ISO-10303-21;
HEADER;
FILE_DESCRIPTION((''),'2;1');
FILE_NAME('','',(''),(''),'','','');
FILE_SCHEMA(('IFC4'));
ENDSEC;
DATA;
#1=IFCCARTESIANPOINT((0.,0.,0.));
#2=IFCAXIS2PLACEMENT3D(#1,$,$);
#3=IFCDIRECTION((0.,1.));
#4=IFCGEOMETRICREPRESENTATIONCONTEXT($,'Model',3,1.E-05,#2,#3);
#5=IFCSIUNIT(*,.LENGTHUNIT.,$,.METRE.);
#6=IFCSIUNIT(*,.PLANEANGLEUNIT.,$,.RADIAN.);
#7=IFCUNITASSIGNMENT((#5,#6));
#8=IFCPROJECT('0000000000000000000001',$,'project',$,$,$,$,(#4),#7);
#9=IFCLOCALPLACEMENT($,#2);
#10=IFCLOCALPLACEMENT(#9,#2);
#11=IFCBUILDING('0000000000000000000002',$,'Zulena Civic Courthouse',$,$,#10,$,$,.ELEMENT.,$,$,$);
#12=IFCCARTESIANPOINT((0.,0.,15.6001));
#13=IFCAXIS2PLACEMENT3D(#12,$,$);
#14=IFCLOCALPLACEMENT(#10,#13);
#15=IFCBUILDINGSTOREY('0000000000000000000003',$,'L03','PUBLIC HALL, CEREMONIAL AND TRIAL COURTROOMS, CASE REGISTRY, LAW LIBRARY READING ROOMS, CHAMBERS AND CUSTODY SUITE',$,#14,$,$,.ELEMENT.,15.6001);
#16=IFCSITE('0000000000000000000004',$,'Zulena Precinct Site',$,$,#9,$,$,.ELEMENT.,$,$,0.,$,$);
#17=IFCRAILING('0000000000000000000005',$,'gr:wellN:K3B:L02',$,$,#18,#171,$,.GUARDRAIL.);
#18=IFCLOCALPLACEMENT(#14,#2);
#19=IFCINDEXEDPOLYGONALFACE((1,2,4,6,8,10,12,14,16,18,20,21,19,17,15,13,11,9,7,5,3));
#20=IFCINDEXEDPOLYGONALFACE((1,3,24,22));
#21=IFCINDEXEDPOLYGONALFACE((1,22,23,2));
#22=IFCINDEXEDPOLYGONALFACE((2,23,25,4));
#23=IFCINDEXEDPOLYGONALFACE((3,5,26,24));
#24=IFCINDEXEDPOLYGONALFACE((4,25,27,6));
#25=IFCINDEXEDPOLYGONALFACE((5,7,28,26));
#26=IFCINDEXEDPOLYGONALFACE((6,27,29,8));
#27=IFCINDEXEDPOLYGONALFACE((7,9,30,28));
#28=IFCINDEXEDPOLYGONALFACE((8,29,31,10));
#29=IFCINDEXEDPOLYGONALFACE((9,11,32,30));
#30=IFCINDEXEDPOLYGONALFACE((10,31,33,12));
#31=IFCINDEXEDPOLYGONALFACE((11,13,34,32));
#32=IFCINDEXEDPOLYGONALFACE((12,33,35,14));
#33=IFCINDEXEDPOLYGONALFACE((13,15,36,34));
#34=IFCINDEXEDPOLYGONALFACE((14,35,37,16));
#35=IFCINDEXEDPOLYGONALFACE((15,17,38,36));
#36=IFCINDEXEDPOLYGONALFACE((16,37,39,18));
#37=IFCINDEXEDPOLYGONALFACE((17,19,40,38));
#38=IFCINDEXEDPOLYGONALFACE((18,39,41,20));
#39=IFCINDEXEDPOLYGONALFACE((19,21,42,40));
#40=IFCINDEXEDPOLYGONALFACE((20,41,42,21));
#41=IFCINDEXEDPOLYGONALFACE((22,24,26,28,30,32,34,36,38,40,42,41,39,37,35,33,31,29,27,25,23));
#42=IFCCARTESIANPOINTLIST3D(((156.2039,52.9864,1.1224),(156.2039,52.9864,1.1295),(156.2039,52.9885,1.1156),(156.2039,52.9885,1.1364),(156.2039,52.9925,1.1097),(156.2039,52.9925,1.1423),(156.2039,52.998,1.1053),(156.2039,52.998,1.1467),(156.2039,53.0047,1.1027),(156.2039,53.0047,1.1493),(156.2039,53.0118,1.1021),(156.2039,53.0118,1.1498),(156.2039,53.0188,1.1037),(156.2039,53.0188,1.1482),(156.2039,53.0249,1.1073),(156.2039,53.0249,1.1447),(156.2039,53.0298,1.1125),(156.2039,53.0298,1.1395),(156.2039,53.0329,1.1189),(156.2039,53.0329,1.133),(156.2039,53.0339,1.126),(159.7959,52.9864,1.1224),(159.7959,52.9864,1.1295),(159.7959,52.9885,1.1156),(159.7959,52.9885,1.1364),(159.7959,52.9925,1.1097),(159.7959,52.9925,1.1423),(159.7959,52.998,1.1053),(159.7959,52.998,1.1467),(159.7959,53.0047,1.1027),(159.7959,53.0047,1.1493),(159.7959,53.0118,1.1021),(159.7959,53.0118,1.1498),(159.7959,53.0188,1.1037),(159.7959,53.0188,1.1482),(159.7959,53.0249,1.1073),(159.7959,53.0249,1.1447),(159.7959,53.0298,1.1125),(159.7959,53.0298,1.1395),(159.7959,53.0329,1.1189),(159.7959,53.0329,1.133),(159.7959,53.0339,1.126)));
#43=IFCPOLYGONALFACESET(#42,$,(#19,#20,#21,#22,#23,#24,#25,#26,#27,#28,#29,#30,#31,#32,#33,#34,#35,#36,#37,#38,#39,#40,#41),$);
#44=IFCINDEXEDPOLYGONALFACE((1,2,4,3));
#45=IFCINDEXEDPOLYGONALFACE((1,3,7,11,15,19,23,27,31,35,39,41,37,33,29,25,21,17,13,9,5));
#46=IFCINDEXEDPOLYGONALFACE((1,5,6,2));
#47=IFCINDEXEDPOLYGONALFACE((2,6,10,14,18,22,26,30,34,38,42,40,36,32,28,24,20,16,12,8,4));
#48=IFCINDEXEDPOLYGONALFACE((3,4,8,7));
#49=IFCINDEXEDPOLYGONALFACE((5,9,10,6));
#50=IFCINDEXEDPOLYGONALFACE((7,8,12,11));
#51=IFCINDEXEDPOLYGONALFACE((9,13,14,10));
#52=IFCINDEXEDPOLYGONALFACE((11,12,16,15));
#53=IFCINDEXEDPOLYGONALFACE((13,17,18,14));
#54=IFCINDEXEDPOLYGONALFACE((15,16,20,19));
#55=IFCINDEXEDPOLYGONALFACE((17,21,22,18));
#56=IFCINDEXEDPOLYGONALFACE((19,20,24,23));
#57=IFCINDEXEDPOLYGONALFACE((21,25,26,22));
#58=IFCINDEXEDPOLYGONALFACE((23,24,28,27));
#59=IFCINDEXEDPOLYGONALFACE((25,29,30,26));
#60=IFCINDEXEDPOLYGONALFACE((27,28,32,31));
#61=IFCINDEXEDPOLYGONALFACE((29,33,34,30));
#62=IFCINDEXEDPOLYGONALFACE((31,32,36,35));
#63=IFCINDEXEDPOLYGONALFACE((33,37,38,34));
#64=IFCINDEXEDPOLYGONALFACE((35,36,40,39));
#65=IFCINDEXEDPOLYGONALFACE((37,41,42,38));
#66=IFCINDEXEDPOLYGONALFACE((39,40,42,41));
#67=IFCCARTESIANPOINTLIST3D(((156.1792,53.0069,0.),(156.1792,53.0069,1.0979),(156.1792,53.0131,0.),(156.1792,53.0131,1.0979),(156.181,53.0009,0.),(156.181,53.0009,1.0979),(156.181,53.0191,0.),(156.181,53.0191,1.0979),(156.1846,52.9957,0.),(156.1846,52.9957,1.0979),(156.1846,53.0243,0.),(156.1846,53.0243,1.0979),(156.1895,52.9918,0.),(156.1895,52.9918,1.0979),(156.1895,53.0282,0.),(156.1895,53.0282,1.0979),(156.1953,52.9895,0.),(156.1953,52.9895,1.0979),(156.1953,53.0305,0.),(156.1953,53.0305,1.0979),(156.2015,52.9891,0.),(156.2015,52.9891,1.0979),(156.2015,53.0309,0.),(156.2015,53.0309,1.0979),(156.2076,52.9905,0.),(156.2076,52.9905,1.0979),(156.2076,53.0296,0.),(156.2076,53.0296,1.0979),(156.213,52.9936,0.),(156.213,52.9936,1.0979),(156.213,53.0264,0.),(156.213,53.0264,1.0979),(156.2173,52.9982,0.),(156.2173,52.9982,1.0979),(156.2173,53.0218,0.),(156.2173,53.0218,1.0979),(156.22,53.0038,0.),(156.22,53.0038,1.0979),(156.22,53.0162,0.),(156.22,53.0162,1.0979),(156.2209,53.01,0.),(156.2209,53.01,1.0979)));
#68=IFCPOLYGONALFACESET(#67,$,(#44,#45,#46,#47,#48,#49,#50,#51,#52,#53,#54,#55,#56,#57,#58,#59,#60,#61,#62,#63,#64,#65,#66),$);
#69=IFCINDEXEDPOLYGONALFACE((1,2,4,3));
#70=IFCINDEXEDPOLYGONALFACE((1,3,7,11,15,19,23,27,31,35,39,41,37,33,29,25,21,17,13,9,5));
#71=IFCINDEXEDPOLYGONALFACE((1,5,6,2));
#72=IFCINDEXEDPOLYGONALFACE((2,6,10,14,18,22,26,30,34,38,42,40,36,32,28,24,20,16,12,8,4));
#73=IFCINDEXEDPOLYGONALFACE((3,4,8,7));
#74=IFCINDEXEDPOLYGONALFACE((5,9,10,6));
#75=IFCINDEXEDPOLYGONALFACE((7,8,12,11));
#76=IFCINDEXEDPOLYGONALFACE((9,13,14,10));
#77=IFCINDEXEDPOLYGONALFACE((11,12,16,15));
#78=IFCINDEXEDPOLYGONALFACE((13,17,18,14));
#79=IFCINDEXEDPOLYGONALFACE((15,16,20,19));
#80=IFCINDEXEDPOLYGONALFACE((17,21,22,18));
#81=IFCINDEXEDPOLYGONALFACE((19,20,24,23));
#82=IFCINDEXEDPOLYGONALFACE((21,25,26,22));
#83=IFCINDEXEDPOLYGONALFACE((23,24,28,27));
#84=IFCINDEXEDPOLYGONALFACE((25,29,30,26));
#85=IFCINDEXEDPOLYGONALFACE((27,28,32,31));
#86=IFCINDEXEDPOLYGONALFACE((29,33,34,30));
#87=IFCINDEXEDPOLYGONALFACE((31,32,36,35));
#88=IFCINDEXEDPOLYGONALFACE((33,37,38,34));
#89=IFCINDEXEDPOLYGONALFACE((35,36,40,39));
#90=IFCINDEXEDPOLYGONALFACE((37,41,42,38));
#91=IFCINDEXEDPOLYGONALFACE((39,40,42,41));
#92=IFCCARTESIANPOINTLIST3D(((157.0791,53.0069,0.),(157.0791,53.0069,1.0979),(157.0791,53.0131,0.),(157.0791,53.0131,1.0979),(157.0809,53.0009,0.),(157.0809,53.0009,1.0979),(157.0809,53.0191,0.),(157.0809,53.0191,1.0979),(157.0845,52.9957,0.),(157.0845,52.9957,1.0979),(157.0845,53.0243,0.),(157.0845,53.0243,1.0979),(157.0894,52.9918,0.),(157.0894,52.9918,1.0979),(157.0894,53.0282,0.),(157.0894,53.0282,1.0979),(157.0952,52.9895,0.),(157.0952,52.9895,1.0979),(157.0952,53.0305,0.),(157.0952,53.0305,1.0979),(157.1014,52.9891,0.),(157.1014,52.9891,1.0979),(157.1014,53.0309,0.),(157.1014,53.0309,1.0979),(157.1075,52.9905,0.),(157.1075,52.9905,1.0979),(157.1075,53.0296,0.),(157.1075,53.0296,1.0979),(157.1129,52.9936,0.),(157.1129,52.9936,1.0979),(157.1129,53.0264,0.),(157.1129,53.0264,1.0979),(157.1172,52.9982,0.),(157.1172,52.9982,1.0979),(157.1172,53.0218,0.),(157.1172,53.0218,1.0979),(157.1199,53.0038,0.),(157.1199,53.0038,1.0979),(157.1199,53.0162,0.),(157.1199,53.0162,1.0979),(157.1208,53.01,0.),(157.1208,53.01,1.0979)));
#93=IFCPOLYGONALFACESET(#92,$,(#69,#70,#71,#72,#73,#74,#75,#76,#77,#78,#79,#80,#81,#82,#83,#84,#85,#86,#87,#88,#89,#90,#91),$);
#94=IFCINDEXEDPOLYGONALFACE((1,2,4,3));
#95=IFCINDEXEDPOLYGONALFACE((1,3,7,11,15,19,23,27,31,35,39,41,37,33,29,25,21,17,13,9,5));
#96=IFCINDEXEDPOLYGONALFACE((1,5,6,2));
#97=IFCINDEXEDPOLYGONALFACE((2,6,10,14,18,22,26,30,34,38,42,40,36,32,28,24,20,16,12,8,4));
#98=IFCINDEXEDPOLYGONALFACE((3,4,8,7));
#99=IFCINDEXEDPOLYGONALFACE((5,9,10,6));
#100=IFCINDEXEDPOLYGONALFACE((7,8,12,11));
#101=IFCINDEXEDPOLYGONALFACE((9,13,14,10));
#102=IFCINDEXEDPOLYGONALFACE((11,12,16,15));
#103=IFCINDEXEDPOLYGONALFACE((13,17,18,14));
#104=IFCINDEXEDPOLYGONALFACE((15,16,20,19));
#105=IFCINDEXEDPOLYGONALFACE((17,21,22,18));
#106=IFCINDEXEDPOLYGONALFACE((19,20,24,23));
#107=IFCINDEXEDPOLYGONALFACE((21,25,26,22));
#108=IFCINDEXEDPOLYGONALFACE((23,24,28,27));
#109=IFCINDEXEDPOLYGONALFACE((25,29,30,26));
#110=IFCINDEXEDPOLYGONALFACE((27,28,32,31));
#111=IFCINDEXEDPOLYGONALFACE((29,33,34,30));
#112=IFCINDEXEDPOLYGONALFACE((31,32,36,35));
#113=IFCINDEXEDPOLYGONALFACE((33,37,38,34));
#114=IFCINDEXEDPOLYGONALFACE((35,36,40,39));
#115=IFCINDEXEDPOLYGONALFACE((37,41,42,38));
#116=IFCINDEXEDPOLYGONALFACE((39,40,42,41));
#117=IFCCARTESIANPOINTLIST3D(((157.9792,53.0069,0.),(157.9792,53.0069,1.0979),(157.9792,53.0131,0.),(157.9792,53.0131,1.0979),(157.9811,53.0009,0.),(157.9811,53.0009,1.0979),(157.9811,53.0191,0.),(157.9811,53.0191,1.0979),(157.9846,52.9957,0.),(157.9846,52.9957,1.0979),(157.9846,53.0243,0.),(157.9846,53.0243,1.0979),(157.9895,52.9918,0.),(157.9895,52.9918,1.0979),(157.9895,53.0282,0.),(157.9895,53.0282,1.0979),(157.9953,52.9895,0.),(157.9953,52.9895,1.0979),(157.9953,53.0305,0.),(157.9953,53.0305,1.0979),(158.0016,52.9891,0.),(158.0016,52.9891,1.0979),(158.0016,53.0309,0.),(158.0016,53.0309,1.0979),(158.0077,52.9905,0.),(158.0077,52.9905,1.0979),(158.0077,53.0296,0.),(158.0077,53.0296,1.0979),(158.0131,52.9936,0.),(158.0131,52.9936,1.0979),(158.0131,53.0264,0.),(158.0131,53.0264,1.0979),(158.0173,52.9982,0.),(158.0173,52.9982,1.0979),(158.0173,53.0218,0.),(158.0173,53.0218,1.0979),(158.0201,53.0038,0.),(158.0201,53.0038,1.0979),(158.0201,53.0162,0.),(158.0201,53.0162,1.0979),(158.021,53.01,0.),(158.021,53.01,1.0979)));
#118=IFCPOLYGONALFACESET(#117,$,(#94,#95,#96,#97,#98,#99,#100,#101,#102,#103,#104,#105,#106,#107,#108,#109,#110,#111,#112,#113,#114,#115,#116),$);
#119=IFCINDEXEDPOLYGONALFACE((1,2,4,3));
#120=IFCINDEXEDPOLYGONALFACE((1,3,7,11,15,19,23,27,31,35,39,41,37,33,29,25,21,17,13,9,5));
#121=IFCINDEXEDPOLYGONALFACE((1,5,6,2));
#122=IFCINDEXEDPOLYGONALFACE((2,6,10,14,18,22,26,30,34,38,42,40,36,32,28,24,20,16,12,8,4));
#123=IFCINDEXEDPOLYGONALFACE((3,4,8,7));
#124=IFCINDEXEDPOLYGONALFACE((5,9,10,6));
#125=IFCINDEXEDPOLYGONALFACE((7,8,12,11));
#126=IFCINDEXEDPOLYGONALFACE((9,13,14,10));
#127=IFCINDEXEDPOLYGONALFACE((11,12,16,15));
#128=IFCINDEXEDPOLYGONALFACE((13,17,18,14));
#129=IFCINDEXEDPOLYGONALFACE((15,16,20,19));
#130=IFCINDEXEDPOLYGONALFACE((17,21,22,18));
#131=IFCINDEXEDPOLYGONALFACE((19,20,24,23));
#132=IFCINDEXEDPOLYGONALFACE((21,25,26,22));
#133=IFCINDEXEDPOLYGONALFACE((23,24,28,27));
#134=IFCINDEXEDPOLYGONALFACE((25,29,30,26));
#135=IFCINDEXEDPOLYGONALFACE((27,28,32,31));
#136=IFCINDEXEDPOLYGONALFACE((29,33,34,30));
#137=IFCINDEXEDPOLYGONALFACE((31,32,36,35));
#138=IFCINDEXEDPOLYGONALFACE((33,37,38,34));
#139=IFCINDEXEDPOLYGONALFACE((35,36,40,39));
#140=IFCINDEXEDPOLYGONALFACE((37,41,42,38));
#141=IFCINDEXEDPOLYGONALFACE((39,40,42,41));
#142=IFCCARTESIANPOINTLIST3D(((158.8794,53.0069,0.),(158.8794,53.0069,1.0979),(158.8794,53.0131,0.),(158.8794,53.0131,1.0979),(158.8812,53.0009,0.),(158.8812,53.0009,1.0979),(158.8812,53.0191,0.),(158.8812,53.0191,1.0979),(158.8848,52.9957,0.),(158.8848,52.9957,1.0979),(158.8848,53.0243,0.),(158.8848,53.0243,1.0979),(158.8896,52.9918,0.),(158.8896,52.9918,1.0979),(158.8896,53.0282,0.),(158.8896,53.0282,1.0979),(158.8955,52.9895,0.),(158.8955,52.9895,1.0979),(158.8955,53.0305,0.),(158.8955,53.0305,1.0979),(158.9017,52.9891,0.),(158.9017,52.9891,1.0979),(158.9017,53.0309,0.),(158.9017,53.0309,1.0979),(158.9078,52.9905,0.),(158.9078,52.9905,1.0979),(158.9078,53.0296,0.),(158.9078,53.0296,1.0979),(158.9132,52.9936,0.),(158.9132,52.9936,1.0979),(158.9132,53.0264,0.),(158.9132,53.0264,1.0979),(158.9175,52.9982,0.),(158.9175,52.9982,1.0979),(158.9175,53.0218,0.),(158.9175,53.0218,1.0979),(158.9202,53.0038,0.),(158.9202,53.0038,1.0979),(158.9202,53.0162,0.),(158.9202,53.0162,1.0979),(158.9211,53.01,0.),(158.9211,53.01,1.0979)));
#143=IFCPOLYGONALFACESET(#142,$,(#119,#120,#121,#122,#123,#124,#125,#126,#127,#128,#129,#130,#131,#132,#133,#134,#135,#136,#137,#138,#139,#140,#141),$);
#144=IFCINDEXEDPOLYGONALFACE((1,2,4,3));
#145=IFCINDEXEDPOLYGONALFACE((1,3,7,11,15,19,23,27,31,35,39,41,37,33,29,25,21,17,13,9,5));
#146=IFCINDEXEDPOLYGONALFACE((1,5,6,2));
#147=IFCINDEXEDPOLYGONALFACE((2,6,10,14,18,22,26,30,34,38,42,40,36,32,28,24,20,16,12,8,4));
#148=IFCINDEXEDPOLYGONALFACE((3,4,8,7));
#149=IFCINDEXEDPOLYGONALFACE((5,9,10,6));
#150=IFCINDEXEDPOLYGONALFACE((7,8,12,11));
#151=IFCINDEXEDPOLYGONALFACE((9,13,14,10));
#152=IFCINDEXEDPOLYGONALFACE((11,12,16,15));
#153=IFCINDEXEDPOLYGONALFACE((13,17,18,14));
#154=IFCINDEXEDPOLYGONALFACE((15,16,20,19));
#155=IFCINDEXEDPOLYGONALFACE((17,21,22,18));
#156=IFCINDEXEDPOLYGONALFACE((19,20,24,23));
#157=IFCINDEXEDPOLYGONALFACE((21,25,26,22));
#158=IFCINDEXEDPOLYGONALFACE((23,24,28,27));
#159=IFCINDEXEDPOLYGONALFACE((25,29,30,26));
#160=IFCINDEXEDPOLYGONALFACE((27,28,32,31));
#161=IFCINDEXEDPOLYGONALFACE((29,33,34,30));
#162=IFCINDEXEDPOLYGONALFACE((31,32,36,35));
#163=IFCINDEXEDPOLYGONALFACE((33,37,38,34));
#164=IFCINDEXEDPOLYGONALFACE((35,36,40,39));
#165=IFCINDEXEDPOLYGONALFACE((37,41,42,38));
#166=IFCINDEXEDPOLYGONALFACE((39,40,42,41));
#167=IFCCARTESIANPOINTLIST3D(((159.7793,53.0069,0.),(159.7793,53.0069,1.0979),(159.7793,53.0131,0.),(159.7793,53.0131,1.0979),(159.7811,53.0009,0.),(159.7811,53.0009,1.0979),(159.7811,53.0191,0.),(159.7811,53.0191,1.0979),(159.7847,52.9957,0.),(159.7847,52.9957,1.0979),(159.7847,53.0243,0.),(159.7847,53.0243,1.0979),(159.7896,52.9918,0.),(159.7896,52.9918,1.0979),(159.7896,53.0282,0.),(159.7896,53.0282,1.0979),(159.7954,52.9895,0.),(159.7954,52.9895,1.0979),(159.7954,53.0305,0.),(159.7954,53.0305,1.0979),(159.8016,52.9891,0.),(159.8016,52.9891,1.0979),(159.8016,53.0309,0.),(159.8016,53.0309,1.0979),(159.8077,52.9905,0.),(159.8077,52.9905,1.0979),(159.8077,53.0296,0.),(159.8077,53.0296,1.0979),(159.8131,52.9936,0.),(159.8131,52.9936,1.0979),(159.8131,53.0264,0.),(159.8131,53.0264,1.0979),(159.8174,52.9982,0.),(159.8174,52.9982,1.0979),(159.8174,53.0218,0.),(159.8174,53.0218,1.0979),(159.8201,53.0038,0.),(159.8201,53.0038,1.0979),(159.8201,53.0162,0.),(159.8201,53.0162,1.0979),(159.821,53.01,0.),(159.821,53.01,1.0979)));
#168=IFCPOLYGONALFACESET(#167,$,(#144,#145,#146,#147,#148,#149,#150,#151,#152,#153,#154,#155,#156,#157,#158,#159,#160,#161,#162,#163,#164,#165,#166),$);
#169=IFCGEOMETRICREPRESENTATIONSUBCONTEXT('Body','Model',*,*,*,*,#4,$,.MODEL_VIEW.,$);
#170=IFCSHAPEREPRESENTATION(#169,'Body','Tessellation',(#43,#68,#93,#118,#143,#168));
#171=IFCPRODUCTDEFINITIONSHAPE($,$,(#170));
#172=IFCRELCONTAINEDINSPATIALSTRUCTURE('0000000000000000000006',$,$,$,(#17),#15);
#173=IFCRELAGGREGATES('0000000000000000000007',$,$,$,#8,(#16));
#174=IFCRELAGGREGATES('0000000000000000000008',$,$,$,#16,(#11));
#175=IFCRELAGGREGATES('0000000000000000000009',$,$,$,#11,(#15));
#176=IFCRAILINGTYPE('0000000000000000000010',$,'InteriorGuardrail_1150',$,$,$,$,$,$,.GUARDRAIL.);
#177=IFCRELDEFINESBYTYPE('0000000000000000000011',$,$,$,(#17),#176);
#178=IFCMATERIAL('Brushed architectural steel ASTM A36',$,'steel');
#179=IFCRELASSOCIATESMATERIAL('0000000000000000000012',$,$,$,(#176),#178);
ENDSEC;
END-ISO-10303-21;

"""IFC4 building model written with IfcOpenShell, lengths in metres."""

from ifc_helpers import new_model, si_unit, direction, frame, origin, origin_2d, place, context, subcontext, project, spatial, circle, extrude, material, type_object, element, save


model = new_model("IFC4")

# Units and contexts
model_context = context("Model", 3, precision=1e-05, world=origin(), true_north=direction((0.0, 1.0)))
body_context = subcontext(model_context, "Body", "Model", "MODEL_VIEW")
ifc_project = project(units=[si_unit("LENGTHUNIT", "METRE"), si_unit("PLANEANGLEUNIT", "RADIAN")], contexts=[model_context])

# Site, building, storey
site_placement = place(None, origin())
site = spatial("IfcSite", under=ifc_project, at=site_placement, Name="Zulena Precinct Site", CompositionType="ELEMENT", RefElevation=0.0)
building_placement = place(site_placement, origin())
building = spatial("IfcBuilding", under=site, at=building_placement, Name="Zulena Civic Courthouse", CompositionType="ELEMENT")
storey_placement = place(building_placement, frame((0.0, 0.0, 15.6001)))
storey = spatial("IfcBuildingStorey", under=building, at=storey_placement, Name="L03", Description="PUBLIC HALL, CEREMONIAL AND TRIAL COURTROOMS, CASE REGISTRY, LAW LIBRARY READING ROOMS, CHAMBERS AND CUSTODY SUITE", CompositionType="ELEMENT", Elevation=15.6001)

# Railing
ifc_material_1 = material(Name="Brushed architectural steel ASTM A36", Category="steel")
railing_type_1 = type_object("IfcRailingType", Name="InteriorGuardrail_1150", PredefinedType="GUARDRAIL", material=ifc_material_1)
railing_1_placement = place(storey_placement, frame((156.2, 53.01, 0.0)))
element("IfcRailing", 1, at=railing_1_placement, inside=storey, type_object=railing_type_1, Name="gr:wellN:K3B:L02", PredefinedType="GUARDRAIL", context=body_context, shape_type="SweptSolid", body=[
    extrude(circle(Radius=0.0239, at=origin_2d()), frame((0.0039, 0.0, 1.126), z_axis=(1.0, 0.0, 0.0), x_axis=(0.0, 1.0, 0.0)), (0.0, 0.0, 1.0), 3.592),
    extrude(circle(Radius=0.021, at=origin_2d()), origin(), (0.0, 0.0, 1.0), 1.0979),
    extrude(circle(Radius=0.021, at=origin_2d()), frame((0.8999, 0.0, 0.0)), (0.0, 0.0, 1.0), 1.0979),
    extrude(circle(Radius=0.021, at=origin_2d()), frame((1.8, 0.0, 0.0)), (0.0, 0.0, 1.0), 1.0979),
    extrude(circle(Radius=0.021, at=origin_2d()), frame((2.7002, 0.0, 0.0)), (0.0, 0.0, 1.0), 1.0979),
    extrude(circle(Radius=0.021, at=origin_2d()), frame((3.6001, 0.0, 0.0)), (0.0, 0.0, 1.0), 1.0979),
])

save(model, "model.ifc")
